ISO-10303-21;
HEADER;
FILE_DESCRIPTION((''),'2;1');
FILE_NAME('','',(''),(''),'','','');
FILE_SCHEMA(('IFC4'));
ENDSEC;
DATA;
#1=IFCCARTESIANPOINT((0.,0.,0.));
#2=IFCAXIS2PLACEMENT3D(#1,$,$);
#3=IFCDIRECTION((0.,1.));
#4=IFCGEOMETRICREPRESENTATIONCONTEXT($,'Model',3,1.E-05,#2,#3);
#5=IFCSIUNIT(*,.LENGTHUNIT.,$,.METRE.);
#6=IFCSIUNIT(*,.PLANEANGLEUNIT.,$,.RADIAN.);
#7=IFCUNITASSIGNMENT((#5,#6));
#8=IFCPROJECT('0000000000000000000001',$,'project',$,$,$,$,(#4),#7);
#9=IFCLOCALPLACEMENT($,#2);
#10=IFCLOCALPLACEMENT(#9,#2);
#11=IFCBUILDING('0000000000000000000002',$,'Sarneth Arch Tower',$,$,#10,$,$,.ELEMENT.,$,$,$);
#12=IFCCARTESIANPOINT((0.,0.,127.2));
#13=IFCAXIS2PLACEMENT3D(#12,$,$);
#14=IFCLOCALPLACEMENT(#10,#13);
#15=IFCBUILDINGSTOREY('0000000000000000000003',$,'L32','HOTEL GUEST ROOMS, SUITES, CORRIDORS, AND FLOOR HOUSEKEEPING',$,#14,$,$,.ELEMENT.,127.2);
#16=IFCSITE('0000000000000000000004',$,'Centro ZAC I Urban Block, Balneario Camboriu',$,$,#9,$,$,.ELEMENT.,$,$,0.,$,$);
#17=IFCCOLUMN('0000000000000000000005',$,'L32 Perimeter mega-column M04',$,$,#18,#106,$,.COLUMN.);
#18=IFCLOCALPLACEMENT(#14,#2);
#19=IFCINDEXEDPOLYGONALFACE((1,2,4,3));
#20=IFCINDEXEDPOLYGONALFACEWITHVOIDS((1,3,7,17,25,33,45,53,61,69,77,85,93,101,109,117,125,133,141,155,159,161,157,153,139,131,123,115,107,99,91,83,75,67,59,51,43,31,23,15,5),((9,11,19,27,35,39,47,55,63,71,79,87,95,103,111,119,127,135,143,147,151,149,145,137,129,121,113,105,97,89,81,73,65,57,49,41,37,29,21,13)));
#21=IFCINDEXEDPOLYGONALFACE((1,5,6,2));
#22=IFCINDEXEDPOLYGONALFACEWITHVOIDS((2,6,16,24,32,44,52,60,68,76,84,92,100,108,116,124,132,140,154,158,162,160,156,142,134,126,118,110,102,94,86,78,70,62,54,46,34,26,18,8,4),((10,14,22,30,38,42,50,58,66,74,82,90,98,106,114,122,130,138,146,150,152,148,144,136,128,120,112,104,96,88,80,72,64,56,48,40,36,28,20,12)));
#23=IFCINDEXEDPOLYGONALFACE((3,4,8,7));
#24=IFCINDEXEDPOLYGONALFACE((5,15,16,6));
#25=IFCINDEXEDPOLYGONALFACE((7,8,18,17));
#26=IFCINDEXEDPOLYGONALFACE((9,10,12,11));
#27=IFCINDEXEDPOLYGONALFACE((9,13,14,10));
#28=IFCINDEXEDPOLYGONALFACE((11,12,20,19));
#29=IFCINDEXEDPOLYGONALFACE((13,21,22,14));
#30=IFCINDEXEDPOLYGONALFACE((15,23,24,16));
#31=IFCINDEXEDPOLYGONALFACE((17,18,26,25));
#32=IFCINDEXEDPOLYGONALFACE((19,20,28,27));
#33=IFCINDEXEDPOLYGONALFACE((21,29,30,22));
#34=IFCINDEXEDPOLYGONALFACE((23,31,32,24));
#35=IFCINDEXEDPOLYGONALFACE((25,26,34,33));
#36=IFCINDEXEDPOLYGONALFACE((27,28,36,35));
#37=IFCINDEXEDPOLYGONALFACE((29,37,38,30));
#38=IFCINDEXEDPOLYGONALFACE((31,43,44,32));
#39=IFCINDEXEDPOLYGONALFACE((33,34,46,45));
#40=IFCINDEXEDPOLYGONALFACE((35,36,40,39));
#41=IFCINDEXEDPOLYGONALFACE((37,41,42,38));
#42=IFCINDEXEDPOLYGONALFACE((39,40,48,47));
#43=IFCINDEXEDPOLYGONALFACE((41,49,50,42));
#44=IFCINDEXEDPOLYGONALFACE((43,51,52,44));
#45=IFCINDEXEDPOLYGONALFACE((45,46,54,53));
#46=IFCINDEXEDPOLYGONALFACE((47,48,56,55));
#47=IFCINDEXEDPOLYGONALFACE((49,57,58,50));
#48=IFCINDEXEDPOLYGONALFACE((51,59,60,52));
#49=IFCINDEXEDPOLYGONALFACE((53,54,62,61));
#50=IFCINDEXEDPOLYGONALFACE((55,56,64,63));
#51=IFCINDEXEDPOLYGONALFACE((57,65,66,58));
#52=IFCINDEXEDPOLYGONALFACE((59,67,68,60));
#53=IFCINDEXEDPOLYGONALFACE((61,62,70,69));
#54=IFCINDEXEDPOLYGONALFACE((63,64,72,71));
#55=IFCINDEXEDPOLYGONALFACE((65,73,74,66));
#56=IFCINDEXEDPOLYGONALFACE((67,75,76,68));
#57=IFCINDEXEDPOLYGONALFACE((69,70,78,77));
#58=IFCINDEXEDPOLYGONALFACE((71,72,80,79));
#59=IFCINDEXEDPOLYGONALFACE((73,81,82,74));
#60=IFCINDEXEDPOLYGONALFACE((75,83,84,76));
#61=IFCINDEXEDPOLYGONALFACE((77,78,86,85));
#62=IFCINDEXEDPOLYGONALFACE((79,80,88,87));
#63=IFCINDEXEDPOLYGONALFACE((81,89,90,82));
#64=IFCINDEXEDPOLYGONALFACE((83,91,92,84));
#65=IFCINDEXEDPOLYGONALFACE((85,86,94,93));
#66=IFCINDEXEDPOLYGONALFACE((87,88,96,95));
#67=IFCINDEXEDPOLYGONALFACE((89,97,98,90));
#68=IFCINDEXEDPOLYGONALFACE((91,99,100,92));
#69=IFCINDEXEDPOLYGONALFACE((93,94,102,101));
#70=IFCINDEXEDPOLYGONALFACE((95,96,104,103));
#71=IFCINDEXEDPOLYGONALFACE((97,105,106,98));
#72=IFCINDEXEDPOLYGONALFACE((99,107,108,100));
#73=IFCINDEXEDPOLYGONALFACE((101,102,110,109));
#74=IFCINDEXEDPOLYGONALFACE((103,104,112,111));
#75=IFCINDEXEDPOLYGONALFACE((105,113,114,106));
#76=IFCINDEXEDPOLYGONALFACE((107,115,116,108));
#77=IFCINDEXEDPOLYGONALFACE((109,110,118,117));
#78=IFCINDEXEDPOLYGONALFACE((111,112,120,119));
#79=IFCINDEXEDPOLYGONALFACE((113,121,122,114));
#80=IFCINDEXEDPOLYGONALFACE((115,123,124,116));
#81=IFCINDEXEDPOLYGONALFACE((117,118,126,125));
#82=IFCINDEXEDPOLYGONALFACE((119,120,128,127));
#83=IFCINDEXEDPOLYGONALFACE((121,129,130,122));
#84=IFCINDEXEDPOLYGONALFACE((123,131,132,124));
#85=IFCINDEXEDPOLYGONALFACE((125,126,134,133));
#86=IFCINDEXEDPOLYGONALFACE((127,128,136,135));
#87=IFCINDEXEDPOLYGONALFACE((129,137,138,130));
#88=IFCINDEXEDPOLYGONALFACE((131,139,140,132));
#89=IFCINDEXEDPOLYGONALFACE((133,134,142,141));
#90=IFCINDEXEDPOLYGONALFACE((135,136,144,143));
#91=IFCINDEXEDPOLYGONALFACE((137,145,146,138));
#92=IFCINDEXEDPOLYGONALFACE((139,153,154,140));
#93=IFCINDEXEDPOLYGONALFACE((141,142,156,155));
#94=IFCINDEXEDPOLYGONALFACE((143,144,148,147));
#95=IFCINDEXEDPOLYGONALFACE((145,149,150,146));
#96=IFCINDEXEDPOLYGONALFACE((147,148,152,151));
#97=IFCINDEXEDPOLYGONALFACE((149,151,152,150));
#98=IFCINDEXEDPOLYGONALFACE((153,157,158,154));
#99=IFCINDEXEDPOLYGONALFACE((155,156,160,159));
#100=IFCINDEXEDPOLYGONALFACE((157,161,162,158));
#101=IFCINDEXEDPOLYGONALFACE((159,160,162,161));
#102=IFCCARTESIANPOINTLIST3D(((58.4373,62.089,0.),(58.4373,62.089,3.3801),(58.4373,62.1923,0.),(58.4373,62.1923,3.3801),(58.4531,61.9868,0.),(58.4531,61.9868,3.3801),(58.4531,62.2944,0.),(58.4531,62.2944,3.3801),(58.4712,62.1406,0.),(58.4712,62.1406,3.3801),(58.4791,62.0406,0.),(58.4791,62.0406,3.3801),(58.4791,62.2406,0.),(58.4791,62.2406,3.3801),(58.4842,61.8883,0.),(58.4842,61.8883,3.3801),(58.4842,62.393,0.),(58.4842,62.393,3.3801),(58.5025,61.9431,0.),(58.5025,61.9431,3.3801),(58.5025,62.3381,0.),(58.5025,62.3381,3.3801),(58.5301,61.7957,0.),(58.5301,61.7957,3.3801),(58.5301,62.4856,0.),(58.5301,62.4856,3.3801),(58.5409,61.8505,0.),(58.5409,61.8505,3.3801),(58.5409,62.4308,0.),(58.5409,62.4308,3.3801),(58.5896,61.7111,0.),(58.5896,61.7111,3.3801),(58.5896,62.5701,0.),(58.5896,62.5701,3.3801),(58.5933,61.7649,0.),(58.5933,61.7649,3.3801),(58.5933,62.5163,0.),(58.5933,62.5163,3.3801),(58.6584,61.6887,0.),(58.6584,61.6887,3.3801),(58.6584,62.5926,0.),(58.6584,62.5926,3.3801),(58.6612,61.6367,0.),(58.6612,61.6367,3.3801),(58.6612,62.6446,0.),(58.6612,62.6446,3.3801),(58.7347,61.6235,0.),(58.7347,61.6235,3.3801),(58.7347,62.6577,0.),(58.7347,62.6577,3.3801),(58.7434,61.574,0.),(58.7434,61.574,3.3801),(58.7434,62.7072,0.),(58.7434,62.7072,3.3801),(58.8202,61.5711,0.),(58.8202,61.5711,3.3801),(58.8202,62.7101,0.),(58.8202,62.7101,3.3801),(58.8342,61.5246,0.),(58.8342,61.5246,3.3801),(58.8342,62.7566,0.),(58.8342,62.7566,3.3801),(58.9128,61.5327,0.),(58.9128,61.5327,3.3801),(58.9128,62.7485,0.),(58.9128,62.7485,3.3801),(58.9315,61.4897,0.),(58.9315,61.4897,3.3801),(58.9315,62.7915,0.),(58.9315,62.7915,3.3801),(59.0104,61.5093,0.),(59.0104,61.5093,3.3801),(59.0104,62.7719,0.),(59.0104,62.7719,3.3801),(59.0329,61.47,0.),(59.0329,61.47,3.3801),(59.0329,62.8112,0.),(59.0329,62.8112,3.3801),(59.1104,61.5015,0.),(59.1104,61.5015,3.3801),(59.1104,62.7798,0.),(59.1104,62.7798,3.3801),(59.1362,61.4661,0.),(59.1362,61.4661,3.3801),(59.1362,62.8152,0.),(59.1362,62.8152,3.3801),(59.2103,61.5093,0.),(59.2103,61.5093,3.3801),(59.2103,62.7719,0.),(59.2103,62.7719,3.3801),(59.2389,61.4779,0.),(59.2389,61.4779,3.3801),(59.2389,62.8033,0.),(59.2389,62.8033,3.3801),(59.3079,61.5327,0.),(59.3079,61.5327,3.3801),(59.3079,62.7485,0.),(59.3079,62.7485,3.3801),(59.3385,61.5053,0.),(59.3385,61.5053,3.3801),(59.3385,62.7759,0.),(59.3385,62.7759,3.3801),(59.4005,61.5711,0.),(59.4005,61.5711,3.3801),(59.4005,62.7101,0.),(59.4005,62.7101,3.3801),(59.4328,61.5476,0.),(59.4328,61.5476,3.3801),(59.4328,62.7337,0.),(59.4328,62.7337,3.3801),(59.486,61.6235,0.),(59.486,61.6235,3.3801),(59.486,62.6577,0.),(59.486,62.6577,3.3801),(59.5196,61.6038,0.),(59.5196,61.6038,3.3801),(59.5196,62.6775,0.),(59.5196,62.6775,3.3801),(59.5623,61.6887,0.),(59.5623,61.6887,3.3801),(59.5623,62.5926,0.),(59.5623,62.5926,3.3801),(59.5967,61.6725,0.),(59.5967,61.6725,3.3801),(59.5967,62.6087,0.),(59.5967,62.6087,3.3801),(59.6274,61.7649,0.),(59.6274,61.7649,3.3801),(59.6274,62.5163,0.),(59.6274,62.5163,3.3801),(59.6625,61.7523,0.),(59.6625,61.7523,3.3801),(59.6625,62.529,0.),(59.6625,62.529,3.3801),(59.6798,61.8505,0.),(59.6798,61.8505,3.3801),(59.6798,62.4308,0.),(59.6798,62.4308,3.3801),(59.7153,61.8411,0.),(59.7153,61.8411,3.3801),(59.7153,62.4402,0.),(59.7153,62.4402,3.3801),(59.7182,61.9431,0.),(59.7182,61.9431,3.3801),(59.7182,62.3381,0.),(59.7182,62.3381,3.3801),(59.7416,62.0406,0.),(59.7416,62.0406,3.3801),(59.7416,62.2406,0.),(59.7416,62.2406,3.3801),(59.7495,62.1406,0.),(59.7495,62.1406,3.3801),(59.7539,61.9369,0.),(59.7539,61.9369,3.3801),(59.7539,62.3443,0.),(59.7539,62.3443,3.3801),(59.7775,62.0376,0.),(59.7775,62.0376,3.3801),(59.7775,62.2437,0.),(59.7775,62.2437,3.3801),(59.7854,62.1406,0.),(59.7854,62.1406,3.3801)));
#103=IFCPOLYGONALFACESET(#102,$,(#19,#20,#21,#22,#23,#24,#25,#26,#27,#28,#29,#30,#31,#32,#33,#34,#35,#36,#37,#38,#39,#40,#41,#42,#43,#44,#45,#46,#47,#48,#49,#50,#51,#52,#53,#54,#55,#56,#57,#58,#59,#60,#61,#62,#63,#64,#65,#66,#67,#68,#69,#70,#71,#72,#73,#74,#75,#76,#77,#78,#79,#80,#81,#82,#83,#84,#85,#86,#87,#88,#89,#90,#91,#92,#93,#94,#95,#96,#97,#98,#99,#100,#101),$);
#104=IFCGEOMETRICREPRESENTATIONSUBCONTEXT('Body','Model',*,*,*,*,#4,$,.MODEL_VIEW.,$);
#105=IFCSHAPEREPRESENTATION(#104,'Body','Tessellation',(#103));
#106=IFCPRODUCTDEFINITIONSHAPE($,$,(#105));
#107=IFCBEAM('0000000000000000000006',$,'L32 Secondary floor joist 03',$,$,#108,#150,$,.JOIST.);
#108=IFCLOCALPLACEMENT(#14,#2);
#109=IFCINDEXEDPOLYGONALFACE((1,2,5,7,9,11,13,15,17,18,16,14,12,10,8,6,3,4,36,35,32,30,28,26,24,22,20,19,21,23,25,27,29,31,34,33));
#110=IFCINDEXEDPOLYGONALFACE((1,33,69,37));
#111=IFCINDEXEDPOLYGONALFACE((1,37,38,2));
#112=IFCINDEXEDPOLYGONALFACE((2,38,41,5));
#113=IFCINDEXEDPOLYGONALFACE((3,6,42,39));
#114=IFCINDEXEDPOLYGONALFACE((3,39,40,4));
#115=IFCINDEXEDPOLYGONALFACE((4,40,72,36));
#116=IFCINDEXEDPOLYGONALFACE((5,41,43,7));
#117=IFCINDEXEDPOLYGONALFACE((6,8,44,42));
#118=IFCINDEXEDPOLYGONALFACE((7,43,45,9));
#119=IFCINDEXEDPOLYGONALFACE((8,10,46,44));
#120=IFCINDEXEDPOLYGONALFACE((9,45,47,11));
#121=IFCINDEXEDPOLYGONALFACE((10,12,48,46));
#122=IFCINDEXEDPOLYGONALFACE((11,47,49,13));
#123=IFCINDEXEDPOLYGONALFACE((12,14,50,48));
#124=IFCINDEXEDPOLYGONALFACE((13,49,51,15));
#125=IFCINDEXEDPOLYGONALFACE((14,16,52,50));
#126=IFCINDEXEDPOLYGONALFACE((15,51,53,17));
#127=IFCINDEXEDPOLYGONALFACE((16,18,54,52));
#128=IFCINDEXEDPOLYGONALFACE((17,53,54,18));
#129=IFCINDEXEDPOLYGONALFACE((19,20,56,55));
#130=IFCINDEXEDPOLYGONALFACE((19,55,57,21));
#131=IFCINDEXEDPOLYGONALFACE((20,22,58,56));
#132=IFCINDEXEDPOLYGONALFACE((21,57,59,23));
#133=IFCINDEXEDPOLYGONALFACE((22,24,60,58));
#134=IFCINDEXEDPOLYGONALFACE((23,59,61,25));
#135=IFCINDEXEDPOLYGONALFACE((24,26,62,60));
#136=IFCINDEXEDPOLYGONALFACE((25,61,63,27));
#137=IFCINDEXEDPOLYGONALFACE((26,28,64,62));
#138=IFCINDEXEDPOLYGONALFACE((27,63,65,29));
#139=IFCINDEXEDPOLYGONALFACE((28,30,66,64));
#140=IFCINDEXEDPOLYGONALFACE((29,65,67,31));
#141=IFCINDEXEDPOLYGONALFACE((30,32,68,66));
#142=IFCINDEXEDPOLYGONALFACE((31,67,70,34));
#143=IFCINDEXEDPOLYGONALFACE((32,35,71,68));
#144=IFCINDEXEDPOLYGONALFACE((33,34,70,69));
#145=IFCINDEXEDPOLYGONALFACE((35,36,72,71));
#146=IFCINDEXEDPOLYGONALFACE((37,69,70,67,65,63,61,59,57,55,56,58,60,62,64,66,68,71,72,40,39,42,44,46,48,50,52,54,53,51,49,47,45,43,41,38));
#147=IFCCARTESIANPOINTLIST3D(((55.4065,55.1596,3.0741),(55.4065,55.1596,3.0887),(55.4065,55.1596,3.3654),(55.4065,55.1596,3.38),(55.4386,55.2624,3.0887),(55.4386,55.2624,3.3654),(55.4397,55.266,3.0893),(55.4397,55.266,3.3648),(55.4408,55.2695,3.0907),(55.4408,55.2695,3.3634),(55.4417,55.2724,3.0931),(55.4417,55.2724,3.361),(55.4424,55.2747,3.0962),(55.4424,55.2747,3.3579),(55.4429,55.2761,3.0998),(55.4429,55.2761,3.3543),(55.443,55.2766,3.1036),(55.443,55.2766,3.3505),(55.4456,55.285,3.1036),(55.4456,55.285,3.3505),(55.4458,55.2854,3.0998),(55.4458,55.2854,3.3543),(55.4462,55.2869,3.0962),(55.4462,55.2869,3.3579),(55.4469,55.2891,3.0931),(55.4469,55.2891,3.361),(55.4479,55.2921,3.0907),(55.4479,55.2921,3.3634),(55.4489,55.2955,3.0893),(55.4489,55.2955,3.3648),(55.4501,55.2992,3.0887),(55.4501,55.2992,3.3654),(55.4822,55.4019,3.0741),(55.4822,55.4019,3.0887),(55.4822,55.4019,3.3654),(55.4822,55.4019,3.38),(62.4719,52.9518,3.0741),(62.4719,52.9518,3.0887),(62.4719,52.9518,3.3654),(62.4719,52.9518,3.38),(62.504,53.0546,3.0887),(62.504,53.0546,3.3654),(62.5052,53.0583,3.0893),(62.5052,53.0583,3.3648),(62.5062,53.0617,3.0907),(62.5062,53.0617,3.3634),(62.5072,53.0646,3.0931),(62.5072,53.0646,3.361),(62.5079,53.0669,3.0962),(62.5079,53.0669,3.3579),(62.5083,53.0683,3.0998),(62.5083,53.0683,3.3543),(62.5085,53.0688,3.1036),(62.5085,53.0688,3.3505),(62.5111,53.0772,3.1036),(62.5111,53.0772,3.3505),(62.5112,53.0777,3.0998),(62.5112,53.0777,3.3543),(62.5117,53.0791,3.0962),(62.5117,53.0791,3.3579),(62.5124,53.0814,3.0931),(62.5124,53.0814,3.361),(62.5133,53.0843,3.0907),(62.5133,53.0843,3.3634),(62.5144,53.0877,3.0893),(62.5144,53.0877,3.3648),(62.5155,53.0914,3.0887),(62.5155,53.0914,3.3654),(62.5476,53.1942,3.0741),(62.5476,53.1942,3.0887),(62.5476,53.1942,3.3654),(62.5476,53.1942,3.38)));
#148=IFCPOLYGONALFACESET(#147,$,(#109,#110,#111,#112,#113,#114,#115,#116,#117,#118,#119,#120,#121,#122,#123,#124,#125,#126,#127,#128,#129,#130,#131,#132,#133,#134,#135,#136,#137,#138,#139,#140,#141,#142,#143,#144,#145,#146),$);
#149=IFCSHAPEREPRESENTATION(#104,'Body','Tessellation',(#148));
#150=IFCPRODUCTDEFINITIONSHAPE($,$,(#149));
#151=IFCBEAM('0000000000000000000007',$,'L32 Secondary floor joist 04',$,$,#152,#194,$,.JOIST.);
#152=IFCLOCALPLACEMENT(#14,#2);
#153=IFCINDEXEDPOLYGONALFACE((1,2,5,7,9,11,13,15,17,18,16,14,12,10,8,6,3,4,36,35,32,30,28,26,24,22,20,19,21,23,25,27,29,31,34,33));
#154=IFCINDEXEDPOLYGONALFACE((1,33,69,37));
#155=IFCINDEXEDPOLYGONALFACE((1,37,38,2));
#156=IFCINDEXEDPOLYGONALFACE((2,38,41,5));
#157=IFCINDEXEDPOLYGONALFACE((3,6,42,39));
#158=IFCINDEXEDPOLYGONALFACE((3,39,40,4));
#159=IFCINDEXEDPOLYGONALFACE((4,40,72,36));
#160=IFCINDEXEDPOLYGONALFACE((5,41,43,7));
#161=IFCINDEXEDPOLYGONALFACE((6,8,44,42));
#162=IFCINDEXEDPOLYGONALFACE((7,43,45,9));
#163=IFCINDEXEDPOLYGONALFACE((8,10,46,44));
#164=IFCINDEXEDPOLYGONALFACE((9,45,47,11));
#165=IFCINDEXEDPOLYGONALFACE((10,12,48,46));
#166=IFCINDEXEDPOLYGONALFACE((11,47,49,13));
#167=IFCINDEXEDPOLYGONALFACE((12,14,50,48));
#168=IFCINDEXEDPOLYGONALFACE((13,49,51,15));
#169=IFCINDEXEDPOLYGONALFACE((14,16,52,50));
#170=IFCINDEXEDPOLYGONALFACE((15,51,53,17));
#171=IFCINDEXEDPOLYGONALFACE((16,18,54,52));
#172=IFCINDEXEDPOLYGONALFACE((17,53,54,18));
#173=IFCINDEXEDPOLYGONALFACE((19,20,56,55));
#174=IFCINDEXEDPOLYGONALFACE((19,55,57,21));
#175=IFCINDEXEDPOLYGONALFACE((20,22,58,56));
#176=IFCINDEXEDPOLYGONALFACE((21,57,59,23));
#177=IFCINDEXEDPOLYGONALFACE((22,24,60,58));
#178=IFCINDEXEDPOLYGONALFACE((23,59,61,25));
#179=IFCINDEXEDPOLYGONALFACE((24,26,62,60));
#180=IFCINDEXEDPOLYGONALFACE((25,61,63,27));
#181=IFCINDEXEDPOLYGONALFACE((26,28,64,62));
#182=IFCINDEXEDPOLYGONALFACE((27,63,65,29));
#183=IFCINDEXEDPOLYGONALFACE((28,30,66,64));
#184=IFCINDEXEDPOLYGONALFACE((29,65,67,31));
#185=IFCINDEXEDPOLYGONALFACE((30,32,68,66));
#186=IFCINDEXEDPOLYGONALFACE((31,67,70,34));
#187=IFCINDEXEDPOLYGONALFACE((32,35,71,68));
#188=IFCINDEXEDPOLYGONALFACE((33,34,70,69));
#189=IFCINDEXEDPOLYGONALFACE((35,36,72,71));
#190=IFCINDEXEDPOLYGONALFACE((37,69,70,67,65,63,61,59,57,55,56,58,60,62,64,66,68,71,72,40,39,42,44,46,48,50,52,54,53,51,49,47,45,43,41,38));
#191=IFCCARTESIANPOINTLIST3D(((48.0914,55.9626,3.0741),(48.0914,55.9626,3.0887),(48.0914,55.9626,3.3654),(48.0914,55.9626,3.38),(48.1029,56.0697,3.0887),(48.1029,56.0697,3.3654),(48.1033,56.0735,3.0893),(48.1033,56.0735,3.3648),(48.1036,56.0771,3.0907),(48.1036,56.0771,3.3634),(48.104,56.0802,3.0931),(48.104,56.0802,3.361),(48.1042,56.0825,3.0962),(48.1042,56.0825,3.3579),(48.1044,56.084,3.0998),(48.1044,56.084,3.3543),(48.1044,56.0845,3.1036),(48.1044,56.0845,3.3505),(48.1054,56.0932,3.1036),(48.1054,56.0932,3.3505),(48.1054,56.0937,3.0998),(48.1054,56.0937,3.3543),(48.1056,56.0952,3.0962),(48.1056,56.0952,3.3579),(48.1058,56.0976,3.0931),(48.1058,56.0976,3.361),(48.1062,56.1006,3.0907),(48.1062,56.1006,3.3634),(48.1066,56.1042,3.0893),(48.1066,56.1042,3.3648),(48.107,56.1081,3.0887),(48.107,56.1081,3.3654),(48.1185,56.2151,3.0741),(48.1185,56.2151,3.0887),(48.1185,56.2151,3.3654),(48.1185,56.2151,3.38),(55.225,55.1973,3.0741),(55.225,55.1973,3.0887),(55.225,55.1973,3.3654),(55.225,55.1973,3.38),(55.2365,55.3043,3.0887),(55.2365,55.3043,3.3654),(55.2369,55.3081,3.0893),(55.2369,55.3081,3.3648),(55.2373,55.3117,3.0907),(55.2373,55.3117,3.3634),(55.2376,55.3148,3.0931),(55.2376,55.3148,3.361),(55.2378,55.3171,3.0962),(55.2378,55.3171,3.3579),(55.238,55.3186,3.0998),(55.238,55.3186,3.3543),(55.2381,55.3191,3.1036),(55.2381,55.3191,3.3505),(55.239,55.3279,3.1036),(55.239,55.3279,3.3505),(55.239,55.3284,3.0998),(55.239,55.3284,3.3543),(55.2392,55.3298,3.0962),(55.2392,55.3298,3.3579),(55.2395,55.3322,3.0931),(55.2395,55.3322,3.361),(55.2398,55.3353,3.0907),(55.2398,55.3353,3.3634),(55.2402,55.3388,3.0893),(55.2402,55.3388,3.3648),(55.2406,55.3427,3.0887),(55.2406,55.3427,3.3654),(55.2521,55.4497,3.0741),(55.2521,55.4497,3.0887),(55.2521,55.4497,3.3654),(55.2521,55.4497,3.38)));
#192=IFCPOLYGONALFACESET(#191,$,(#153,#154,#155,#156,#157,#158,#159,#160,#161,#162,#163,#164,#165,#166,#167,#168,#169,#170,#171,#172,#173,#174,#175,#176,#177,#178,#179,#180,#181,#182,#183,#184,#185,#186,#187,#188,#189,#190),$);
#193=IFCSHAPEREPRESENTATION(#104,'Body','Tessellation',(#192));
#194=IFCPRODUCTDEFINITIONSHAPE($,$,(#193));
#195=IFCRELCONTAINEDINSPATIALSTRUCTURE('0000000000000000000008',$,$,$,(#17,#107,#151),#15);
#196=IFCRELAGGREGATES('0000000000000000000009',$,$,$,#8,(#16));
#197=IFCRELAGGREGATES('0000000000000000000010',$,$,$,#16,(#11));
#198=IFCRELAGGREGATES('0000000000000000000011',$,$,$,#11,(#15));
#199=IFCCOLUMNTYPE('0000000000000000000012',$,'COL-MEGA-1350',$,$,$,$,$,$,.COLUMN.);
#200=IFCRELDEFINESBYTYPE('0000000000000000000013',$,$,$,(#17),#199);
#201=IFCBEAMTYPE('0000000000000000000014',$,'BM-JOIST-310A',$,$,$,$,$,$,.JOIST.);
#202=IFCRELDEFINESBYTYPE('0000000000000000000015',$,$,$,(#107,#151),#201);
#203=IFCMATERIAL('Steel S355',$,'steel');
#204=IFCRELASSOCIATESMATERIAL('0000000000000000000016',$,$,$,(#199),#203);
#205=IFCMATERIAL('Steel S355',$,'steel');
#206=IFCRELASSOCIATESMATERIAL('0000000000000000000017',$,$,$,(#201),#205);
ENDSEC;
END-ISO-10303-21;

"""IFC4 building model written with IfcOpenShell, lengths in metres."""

from ifc_helpers import new_model, si_unit, direction, frame, origin, origin_2d, place, context, subcontext, project, spatial, hollow_circle, i_section, extrude, material, material_profile, profile_set, type_object, element, save


model = new_model("IFC4")

# Units and contexts
model_context = context("Model", 3, precision=1e-05, world=origin(), true_north=direction((0.0, 1.0)))
body_context = subcontext(model_context, "Body", "Model", "MODEL_VIEW")
ifc_project = project(units=[si_unit("LENGTHUNIT", "METRE"), si_unit("PLANEANGLEUNIT", "RADIAN")], contexts=[model_context])

# Site, building, storey
site_placement = place(None, origin())
site = spatial("IfcSite", under=ifc_project, at=site_placement, Name="Centro ZAC I Urban Block, Balneario Camboriu", CompositionType="ELEMENT", RefElevation=0.0)
building_placement = place(site_placement, origin())
building = spatial("IfcBuilding", under=site, at=building_placement, Name="Sarneth Arch Tower", CompositionType="ELEMENT")
storey_placement = place(building_placement, frame((0.0, 0.0, 127.2)))
storey = spatial("IfcBuildingStorey", under=building, at=storey_placement, Name="L32", Description="HOTEL GUEST ROOMS, SUITES, CORRIDORS, AND FLOOR HOUSEKEEPING", CompositionType="ELEMENT", Elevation=127.2)

# Column
ifc_material_1 = material(Name="Steel S355", Category="steel")
ifc_material_profile_1 = material_profile(ifc_material_1, hollow_circle(Radius=0.675, WallThickness=0.0359, at=origin_2d()), Name="CHS1350x36")
ifc_profile_set_1 = profile_set([ifc_material_profile_1], Name="Steel S355")
column_type = type_object("IfcColumnType", Name="COL-MEGA-1350", PredefinedType="COLUMN", material=ifc_profile_set_1)
column_placement = place(storey_placement, frame((59.1104, 62.1406, 0.0), z_axis=(0.0, 0.0, 1.0), x_axis=(1.0, 0.0, 0.0)))
element("IfcColumn", 1, at=column_placement, inside=storey, type_object=column_type, Name="L32 Perimeter mega-column M04", PredefinedType="COLUMN", context=body_context, shape_type="SweptSolid", body=[
    extrude(hollow_circle(Radius=0.675, WallThickness=0.0359, at=origin_2d()), origin(), (0.0, 0.0, 1.0), 3.3801),
])

# Beams
ifc_material_2 = material(Name="Steel S355", Category="steel")
ifc_material_profile_2 = material_profile(ifc_material_2, i_section(OverallWidth=0.2539, OverallDepth=0.3059, WebThickness=0.0088, FlangeThickness=0.0146, FilletRadius=0.0149, at=origin_2d()), Name="W310x79")
ifc_profile_set_2 = profile_set([ifc_material_profile_2], Name="Steel S355")
beam_type_1 = type_object("IfcBeamType", Name="BM-JOIST-310A", PredefinedType="JOIST", material=ifc_profile_set_2)
beam_1_placement = place(storey_placement, frame((62.5098, 53.073, 3.2271), z_axis=(-0.954487, 0.298252, 0.0), x_axis=(-0.298252, -0.954487, 0.0)))
element("IfcBeam", 2, at=beam_1_placement, inside=storey, type_object=beam_type_1, Name="L32 Secondary floor joist 03", PredefinedType="JOIST", context=body_context, shape_type="SweptSolid", body=[
    extrude(i_section(OverallWidth=0.2539, OverallDepth=0.3059, WebThickness=0.0088, FlangeThickness=0.0146, FilletRadius=0.0149, at=origin_2d()), origin(), (0.0, 0.0, 1.0), 7.4023),
])
beam_2_placement = place(storey_placement, frame((55.2385, 55.3235, 3.2271), z_axis=(-0.994293, 0.106681, 0.0), x_axis=(-0.106681, -0.994293, 0.0)))
element("IfcBeam", 3, at=beam_2_placement, inside=storey, type_object=beam_type_1, Name="L32 Secondary floor joist 04", PredefinedType="JOIST", context=body_context, shape_type="SweptSolid", body=[
    extrude(i_section(OverallWidth=0.2539, OverallDepth=0.3059, WebThickness=0.0088, FlangeThickness=0.0146, FilletRadius=0.0149, at=origin_2d()), origin(), (0.0, 0.0, 1.0), 7.1746),
])

save(model, "model.ifc")
